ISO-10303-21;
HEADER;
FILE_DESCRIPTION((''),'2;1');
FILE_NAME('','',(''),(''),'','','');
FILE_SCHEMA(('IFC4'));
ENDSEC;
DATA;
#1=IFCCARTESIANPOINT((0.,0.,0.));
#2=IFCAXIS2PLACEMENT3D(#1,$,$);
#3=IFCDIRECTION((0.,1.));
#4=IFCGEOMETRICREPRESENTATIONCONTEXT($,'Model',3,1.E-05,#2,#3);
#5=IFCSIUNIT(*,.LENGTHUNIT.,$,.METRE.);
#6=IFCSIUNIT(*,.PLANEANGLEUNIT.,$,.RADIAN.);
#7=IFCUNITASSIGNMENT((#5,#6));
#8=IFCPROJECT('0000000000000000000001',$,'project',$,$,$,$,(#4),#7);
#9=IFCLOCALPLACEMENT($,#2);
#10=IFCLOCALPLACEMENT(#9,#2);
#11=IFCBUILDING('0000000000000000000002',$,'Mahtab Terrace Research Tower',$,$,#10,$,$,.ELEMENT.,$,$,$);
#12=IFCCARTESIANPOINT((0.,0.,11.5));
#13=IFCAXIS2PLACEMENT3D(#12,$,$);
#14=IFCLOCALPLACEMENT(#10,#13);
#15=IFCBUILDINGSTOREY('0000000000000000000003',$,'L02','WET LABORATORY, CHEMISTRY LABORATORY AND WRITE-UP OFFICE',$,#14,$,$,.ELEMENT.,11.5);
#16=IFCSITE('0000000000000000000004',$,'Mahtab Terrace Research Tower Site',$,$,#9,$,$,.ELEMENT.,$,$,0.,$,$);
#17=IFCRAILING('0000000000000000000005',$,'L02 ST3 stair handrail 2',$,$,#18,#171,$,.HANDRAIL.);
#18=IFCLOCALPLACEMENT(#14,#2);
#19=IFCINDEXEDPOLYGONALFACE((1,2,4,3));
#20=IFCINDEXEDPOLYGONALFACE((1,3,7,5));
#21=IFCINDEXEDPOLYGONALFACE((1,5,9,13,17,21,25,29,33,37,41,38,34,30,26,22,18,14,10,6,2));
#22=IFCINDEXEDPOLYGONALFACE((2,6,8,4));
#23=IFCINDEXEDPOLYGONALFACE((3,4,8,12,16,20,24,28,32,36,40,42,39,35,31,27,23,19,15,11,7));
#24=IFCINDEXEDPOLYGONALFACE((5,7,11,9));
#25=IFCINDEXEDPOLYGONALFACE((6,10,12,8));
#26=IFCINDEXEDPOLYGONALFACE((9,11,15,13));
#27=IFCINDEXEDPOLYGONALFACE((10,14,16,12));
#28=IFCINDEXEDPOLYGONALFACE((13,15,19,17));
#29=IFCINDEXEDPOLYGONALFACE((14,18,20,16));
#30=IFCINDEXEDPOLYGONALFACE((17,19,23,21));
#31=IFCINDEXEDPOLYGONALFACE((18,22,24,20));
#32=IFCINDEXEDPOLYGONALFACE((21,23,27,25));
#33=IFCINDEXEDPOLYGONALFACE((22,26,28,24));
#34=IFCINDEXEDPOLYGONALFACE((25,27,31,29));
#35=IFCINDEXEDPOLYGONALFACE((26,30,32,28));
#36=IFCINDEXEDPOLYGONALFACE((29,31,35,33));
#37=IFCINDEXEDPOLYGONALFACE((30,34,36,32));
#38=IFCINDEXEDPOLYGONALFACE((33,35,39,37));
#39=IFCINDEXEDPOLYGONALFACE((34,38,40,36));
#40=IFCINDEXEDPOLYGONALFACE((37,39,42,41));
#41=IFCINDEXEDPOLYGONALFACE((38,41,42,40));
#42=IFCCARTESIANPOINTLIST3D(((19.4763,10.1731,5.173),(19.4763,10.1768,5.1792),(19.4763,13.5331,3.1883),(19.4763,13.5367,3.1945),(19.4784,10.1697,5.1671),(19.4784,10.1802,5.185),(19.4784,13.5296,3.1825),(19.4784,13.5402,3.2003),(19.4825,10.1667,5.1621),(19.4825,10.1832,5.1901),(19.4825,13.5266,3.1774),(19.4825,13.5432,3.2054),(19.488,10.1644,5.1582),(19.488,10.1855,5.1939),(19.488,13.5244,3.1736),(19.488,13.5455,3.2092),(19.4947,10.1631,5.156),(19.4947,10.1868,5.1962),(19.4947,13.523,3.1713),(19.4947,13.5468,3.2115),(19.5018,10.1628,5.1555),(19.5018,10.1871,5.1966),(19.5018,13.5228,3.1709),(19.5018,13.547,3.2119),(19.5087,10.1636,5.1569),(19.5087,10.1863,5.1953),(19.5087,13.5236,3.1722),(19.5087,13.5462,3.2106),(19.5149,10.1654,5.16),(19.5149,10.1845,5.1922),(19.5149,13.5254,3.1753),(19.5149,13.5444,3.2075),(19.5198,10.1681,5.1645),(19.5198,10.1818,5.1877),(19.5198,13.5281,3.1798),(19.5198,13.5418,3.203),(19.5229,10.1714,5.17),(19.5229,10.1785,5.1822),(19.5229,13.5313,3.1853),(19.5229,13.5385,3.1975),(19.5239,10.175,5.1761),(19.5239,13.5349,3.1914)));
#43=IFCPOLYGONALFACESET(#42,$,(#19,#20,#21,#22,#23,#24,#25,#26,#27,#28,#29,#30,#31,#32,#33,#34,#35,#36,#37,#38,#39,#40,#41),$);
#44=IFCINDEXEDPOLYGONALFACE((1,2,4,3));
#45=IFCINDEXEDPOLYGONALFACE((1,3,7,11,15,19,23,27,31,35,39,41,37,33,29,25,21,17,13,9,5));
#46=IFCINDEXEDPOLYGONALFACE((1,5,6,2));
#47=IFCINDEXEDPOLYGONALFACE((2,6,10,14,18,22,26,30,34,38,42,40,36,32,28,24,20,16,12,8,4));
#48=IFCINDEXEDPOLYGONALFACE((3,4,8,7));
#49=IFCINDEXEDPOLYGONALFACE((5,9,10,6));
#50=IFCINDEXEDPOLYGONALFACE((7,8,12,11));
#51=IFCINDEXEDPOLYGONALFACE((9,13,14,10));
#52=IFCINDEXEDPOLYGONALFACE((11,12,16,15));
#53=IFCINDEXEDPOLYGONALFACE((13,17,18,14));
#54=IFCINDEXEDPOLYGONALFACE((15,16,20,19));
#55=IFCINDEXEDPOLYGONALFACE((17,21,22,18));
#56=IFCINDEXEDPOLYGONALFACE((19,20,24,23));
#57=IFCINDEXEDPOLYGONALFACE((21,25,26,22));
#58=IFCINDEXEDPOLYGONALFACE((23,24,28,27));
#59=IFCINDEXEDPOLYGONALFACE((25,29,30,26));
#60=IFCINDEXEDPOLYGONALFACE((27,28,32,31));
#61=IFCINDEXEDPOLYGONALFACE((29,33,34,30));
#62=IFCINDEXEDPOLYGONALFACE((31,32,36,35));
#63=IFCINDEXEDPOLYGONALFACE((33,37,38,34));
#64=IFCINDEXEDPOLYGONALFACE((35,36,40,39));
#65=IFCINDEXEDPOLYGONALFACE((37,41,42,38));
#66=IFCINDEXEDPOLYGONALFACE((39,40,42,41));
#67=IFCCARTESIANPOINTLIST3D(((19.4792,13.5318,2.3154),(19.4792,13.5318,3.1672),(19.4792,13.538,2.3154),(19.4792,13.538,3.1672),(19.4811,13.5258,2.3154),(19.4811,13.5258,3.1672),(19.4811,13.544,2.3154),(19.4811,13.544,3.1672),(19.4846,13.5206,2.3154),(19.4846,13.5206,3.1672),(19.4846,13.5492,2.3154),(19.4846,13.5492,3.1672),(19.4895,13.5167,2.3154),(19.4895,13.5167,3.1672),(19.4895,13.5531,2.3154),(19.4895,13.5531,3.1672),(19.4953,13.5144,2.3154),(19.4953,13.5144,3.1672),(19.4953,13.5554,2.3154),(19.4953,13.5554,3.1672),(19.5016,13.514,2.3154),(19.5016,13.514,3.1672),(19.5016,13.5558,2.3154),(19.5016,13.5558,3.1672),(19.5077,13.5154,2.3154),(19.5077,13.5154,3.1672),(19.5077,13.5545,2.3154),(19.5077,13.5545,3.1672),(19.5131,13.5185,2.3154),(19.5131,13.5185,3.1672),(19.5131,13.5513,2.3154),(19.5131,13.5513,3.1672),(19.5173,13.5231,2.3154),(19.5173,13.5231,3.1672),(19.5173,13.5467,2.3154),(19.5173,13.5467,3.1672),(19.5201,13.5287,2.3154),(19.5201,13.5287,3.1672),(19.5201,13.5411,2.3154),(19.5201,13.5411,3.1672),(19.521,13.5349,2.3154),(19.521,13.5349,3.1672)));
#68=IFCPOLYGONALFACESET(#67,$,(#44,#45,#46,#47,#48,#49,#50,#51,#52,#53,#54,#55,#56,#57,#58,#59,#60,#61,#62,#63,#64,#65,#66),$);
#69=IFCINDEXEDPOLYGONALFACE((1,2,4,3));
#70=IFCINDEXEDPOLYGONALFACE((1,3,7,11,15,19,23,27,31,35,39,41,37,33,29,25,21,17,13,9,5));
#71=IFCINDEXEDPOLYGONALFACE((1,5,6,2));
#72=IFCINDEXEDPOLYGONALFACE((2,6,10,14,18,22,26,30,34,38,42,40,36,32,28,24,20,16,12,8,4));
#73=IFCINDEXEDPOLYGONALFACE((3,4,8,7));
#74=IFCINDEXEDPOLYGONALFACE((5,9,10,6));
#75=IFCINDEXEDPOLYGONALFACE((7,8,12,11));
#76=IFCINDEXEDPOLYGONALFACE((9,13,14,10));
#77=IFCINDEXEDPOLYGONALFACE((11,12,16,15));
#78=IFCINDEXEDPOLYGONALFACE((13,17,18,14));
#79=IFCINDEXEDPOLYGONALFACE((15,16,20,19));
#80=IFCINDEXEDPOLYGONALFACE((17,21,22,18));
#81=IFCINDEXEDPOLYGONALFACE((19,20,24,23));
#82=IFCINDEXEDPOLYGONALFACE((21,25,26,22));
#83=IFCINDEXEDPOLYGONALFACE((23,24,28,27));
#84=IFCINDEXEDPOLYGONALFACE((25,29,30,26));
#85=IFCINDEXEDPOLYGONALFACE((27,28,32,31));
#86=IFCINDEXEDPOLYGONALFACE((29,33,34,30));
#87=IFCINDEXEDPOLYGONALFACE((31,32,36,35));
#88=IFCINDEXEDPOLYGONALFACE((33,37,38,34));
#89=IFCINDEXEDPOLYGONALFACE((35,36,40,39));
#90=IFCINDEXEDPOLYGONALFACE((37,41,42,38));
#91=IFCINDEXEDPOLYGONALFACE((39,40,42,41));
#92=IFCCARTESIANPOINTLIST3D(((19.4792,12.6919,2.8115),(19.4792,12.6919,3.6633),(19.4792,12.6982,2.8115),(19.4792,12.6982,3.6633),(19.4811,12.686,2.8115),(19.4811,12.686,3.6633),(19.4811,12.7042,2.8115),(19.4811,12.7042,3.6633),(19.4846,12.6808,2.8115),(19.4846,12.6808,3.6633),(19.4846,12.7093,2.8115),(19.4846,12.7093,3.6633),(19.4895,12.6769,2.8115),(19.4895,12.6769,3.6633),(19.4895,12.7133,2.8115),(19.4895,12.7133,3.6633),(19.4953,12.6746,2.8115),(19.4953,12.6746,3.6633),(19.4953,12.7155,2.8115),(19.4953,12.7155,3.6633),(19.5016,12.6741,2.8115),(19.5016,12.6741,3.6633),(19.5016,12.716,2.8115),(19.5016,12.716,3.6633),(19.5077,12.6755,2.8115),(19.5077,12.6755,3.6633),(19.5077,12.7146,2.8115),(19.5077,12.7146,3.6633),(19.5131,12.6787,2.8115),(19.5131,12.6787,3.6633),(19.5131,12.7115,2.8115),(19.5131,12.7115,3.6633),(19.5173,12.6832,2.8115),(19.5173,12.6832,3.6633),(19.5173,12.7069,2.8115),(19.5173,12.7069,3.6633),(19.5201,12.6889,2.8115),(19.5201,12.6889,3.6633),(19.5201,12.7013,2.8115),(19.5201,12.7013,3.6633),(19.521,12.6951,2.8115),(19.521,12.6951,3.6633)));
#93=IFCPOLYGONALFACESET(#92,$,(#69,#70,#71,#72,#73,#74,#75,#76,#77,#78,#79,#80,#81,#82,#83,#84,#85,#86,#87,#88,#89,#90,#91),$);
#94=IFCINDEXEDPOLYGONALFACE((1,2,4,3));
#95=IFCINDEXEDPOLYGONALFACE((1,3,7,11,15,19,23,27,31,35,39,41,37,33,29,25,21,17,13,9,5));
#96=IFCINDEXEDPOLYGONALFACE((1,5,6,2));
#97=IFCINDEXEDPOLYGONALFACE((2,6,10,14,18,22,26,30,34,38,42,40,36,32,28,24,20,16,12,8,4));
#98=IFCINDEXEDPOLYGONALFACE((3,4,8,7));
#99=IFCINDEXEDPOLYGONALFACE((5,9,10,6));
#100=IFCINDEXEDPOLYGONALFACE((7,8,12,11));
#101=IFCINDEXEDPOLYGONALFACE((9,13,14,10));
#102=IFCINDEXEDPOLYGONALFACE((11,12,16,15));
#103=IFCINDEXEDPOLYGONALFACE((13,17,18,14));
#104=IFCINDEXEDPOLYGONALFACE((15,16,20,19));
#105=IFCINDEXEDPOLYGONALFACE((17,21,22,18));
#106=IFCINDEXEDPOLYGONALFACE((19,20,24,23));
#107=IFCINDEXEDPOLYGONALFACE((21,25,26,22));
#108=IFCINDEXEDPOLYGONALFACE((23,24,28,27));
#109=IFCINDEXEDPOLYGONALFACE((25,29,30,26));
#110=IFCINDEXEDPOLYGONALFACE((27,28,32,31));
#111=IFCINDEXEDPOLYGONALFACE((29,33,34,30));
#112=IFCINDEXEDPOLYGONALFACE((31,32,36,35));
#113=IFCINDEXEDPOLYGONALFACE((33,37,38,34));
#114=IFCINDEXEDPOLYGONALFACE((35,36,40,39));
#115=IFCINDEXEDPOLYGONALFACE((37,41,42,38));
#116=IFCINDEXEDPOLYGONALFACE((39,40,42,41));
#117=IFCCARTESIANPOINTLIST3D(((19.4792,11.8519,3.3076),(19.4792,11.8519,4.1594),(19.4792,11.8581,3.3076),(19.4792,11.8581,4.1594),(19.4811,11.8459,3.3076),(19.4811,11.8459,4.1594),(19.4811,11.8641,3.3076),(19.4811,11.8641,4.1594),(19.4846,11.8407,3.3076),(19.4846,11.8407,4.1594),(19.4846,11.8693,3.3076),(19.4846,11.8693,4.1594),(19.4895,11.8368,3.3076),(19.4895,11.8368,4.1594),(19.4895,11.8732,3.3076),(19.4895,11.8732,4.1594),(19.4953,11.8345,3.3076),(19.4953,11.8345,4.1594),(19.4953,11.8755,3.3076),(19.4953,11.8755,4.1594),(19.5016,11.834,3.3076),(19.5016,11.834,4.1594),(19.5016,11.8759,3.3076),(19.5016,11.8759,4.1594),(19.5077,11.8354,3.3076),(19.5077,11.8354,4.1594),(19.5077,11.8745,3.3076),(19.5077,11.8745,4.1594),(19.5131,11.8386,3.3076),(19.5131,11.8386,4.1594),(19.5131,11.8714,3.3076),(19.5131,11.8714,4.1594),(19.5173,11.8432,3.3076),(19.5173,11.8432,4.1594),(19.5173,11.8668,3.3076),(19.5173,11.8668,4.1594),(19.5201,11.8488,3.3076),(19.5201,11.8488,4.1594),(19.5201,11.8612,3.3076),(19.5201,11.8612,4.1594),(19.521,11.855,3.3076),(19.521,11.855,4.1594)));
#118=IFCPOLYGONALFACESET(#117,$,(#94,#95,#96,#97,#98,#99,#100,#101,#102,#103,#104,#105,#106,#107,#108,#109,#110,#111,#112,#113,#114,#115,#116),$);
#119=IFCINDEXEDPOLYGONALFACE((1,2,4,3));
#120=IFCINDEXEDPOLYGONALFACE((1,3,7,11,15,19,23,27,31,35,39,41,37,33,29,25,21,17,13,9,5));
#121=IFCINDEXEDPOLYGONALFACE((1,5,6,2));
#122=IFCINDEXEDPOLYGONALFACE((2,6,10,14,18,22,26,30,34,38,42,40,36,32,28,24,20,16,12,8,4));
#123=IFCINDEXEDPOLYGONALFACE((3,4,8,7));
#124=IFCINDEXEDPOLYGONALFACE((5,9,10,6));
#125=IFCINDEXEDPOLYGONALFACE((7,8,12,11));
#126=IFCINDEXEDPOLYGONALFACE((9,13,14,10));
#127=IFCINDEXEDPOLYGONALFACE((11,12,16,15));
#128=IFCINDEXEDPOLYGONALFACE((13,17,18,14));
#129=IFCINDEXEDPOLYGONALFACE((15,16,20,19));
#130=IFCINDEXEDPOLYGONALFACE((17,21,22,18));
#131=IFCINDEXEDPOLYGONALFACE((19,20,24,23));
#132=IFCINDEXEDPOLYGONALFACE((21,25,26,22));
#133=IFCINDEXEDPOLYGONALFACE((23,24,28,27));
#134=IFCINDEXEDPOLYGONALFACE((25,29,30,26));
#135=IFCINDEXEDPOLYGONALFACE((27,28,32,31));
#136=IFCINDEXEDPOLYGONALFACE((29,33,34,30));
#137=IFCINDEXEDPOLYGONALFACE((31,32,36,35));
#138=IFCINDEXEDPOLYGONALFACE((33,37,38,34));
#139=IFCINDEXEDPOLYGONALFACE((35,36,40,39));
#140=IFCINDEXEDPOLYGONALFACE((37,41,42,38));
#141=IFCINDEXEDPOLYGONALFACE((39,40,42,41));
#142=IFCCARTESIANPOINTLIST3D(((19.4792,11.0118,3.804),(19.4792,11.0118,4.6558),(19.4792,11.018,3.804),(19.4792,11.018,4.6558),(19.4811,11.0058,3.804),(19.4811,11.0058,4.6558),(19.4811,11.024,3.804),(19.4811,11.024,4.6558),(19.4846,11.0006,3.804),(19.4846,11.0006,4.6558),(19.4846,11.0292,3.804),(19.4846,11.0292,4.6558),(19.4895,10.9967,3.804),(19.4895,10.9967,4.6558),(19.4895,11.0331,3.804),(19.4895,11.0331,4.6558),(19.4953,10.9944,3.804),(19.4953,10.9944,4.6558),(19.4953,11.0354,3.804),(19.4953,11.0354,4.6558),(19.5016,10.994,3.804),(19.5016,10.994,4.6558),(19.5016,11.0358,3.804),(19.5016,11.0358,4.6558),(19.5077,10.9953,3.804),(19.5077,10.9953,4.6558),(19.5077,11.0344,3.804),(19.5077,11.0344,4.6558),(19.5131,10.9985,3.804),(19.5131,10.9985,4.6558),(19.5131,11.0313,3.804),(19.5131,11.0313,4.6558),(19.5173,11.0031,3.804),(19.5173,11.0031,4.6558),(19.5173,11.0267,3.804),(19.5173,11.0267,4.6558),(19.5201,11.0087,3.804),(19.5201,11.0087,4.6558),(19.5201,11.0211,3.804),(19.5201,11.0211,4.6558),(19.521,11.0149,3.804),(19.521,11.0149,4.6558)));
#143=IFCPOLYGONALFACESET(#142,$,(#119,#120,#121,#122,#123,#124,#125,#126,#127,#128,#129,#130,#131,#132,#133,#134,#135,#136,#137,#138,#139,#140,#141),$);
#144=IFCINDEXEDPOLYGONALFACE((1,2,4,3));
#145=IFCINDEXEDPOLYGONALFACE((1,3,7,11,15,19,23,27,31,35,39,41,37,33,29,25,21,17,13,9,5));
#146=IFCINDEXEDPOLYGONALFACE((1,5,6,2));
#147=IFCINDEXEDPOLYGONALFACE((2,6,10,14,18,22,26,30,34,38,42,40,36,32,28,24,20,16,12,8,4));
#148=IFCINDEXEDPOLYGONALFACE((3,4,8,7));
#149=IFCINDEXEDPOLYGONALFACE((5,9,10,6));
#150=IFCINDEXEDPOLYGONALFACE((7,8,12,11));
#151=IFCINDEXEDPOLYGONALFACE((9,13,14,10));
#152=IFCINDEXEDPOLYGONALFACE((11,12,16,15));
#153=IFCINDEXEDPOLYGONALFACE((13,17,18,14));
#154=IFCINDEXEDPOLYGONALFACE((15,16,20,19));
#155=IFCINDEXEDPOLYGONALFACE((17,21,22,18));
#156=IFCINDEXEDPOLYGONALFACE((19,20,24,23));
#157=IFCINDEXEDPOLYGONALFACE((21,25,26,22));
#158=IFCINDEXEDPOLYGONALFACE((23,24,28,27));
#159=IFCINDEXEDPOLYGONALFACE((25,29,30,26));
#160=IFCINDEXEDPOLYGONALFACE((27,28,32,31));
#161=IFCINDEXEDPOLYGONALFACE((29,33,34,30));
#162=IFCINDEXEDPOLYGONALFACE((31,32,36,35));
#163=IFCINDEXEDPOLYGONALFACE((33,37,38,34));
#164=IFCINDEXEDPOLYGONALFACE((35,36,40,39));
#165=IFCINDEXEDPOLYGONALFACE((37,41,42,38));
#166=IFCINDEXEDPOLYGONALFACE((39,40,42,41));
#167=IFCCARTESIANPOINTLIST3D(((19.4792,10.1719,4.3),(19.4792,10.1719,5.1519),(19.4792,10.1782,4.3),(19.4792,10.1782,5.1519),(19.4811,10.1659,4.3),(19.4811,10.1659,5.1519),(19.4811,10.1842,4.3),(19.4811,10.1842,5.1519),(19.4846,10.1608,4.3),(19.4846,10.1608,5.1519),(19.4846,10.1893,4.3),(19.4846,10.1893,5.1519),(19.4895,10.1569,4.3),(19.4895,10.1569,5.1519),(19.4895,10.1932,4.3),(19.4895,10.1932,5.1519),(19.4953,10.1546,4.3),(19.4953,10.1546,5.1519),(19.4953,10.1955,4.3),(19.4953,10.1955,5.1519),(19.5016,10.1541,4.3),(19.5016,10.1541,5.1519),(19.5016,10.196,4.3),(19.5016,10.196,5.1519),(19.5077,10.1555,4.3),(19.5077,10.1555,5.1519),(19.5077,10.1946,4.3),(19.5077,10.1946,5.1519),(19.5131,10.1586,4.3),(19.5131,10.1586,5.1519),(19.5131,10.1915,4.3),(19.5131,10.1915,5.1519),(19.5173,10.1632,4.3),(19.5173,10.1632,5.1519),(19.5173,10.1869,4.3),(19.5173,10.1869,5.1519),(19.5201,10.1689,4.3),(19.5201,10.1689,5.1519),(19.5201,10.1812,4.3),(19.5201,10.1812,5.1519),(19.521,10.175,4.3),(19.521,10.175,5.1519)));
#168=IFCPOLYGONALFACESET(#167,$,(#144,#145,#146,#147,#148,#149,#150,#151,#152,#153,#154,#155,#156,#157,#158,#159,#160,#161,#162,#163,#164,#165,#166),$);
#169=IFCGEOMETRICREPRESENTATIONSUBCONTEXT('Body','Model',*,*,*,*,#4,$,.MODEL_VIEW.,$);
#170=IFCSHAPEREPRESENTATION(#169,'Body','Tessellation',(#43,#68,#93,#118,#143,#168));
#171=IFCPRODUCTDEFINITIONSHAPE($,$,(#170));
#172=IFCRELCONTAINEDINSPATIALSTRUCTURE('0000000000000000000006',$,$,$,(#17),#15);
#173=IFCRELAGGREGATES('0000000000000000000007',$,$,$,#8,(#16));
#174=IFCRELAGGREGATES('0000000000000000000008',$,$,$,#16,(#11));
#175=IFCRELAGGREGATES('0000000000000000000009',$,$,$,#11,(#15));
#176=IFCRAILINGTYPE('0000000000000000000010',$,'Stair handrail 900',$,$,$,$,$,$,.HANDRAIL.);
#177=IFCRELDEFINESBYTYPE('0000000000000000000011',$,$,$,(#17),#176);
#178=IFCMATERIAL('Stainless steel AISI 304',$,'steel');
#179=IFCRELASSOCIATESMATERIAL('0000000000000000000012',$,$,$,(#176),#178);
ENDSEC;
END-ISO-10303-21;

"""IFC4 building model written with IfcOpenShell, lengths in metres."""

from ifc_helpers import new_model, si_unit, direction, frame, origin, origin_2d, place, context, subcontext, project, spatial, circle, extrude, material, type_object, element, save


model = new_model("IFC4")

# Units and contexts
model_context = context("Model", 3, precision=1e-05, world=origin(), true_north=direction((0.0, 1.0)))
body_context = subcontext(model_context, "Body", "Model", "MODEL_VIEW")
ifc_project = project(units=[si_unit("LENGTHUNIT", "METRE"), si_unit("PLANEANGLEUNIT", "RADIAN")], contexts=[model_context])

# Site, building, storey
site_placement = place(None, origin())
site = spatial("IfcSite", under=ifc_project, at=site_placement, Name="Mahtab Terrace Research Tower Site", CompositionType="ELEMENT", RefElevation=0.0)
building_placement = place(site_placement, origin())
building = spatial("IfcBuilding", under=site, at=building_placement, Name="Mahtab Terrace Research Tower", CompositionType="ELEMENT")
storey_placement = place(building_placement, frame((0.0, 0.0, 11.5)))
storey = spatial("IfcBuildingStorey", under=building, at=storey_placement, Name="L02", Description="WET LABORATORY, CHEMISTRY LABORATORY AND WRITE-UP OFFICE", CompositionType="ELEMENT", Elevation=11.5)

# Railing
ifc_material_1 = material(Name="Stainless steel AISI 304", Category="steel")
railing_type_1 = type_object("IfcRailingType", Name="Stair handrail 900", PredefinedType="HANDRAIL", material=ifc_material_1)
railing_1_placement = place(storey_placement, frame((19.5, 13.5349, 2.3154)))
element("IfcRailing", 1, at=railing_1_placement, inside=storey, type_object=railing_type_1, Name="L02 ST3 stair handrail 2", PredefinedType="HANDRAIL", context=body_context, shape_type="SweptSolid", body=[
    extrude(circle(Radius=0.0239, at=origin_2d()), frame((0.0, 0.0, 0.876), z_axis=(0.0, -0.861011, 0.508586), x_axis=(1.0, 0.0, 0.0)), (0.0, 0.0, 1.0), 3.9023),
    extrude(circle(Radius=0.021, at=origin_2d()), origin(), (0.0, 0.0, 1.0), 0.8518),
    extrude(circle(Radius=0.021, at=origin_2d()), frame((0.0, -0.8398, 0.4961)), (0.0, 0.0, 1.0), 0.8518),
    extrude(circle(Radius=0.021, at=origin_2d()), frame((0.0, -1.6799, 0.9922)), (0.0, 0.0, 1.0), 0.8518),
    extrude(circle(Radius=0.021, at=origin_2d()), frame((0.0, -2.52, 1.4885)), (0.0, 0.0, 1.0), 0.8518),
    extrude(circle(Radius=0.021, at=origin_2d()), frame((0.0, -3.3599, 1.9846)), (0.0, 0.0, 1.0), 0.8518),
])

save(model, "model.ifc")
